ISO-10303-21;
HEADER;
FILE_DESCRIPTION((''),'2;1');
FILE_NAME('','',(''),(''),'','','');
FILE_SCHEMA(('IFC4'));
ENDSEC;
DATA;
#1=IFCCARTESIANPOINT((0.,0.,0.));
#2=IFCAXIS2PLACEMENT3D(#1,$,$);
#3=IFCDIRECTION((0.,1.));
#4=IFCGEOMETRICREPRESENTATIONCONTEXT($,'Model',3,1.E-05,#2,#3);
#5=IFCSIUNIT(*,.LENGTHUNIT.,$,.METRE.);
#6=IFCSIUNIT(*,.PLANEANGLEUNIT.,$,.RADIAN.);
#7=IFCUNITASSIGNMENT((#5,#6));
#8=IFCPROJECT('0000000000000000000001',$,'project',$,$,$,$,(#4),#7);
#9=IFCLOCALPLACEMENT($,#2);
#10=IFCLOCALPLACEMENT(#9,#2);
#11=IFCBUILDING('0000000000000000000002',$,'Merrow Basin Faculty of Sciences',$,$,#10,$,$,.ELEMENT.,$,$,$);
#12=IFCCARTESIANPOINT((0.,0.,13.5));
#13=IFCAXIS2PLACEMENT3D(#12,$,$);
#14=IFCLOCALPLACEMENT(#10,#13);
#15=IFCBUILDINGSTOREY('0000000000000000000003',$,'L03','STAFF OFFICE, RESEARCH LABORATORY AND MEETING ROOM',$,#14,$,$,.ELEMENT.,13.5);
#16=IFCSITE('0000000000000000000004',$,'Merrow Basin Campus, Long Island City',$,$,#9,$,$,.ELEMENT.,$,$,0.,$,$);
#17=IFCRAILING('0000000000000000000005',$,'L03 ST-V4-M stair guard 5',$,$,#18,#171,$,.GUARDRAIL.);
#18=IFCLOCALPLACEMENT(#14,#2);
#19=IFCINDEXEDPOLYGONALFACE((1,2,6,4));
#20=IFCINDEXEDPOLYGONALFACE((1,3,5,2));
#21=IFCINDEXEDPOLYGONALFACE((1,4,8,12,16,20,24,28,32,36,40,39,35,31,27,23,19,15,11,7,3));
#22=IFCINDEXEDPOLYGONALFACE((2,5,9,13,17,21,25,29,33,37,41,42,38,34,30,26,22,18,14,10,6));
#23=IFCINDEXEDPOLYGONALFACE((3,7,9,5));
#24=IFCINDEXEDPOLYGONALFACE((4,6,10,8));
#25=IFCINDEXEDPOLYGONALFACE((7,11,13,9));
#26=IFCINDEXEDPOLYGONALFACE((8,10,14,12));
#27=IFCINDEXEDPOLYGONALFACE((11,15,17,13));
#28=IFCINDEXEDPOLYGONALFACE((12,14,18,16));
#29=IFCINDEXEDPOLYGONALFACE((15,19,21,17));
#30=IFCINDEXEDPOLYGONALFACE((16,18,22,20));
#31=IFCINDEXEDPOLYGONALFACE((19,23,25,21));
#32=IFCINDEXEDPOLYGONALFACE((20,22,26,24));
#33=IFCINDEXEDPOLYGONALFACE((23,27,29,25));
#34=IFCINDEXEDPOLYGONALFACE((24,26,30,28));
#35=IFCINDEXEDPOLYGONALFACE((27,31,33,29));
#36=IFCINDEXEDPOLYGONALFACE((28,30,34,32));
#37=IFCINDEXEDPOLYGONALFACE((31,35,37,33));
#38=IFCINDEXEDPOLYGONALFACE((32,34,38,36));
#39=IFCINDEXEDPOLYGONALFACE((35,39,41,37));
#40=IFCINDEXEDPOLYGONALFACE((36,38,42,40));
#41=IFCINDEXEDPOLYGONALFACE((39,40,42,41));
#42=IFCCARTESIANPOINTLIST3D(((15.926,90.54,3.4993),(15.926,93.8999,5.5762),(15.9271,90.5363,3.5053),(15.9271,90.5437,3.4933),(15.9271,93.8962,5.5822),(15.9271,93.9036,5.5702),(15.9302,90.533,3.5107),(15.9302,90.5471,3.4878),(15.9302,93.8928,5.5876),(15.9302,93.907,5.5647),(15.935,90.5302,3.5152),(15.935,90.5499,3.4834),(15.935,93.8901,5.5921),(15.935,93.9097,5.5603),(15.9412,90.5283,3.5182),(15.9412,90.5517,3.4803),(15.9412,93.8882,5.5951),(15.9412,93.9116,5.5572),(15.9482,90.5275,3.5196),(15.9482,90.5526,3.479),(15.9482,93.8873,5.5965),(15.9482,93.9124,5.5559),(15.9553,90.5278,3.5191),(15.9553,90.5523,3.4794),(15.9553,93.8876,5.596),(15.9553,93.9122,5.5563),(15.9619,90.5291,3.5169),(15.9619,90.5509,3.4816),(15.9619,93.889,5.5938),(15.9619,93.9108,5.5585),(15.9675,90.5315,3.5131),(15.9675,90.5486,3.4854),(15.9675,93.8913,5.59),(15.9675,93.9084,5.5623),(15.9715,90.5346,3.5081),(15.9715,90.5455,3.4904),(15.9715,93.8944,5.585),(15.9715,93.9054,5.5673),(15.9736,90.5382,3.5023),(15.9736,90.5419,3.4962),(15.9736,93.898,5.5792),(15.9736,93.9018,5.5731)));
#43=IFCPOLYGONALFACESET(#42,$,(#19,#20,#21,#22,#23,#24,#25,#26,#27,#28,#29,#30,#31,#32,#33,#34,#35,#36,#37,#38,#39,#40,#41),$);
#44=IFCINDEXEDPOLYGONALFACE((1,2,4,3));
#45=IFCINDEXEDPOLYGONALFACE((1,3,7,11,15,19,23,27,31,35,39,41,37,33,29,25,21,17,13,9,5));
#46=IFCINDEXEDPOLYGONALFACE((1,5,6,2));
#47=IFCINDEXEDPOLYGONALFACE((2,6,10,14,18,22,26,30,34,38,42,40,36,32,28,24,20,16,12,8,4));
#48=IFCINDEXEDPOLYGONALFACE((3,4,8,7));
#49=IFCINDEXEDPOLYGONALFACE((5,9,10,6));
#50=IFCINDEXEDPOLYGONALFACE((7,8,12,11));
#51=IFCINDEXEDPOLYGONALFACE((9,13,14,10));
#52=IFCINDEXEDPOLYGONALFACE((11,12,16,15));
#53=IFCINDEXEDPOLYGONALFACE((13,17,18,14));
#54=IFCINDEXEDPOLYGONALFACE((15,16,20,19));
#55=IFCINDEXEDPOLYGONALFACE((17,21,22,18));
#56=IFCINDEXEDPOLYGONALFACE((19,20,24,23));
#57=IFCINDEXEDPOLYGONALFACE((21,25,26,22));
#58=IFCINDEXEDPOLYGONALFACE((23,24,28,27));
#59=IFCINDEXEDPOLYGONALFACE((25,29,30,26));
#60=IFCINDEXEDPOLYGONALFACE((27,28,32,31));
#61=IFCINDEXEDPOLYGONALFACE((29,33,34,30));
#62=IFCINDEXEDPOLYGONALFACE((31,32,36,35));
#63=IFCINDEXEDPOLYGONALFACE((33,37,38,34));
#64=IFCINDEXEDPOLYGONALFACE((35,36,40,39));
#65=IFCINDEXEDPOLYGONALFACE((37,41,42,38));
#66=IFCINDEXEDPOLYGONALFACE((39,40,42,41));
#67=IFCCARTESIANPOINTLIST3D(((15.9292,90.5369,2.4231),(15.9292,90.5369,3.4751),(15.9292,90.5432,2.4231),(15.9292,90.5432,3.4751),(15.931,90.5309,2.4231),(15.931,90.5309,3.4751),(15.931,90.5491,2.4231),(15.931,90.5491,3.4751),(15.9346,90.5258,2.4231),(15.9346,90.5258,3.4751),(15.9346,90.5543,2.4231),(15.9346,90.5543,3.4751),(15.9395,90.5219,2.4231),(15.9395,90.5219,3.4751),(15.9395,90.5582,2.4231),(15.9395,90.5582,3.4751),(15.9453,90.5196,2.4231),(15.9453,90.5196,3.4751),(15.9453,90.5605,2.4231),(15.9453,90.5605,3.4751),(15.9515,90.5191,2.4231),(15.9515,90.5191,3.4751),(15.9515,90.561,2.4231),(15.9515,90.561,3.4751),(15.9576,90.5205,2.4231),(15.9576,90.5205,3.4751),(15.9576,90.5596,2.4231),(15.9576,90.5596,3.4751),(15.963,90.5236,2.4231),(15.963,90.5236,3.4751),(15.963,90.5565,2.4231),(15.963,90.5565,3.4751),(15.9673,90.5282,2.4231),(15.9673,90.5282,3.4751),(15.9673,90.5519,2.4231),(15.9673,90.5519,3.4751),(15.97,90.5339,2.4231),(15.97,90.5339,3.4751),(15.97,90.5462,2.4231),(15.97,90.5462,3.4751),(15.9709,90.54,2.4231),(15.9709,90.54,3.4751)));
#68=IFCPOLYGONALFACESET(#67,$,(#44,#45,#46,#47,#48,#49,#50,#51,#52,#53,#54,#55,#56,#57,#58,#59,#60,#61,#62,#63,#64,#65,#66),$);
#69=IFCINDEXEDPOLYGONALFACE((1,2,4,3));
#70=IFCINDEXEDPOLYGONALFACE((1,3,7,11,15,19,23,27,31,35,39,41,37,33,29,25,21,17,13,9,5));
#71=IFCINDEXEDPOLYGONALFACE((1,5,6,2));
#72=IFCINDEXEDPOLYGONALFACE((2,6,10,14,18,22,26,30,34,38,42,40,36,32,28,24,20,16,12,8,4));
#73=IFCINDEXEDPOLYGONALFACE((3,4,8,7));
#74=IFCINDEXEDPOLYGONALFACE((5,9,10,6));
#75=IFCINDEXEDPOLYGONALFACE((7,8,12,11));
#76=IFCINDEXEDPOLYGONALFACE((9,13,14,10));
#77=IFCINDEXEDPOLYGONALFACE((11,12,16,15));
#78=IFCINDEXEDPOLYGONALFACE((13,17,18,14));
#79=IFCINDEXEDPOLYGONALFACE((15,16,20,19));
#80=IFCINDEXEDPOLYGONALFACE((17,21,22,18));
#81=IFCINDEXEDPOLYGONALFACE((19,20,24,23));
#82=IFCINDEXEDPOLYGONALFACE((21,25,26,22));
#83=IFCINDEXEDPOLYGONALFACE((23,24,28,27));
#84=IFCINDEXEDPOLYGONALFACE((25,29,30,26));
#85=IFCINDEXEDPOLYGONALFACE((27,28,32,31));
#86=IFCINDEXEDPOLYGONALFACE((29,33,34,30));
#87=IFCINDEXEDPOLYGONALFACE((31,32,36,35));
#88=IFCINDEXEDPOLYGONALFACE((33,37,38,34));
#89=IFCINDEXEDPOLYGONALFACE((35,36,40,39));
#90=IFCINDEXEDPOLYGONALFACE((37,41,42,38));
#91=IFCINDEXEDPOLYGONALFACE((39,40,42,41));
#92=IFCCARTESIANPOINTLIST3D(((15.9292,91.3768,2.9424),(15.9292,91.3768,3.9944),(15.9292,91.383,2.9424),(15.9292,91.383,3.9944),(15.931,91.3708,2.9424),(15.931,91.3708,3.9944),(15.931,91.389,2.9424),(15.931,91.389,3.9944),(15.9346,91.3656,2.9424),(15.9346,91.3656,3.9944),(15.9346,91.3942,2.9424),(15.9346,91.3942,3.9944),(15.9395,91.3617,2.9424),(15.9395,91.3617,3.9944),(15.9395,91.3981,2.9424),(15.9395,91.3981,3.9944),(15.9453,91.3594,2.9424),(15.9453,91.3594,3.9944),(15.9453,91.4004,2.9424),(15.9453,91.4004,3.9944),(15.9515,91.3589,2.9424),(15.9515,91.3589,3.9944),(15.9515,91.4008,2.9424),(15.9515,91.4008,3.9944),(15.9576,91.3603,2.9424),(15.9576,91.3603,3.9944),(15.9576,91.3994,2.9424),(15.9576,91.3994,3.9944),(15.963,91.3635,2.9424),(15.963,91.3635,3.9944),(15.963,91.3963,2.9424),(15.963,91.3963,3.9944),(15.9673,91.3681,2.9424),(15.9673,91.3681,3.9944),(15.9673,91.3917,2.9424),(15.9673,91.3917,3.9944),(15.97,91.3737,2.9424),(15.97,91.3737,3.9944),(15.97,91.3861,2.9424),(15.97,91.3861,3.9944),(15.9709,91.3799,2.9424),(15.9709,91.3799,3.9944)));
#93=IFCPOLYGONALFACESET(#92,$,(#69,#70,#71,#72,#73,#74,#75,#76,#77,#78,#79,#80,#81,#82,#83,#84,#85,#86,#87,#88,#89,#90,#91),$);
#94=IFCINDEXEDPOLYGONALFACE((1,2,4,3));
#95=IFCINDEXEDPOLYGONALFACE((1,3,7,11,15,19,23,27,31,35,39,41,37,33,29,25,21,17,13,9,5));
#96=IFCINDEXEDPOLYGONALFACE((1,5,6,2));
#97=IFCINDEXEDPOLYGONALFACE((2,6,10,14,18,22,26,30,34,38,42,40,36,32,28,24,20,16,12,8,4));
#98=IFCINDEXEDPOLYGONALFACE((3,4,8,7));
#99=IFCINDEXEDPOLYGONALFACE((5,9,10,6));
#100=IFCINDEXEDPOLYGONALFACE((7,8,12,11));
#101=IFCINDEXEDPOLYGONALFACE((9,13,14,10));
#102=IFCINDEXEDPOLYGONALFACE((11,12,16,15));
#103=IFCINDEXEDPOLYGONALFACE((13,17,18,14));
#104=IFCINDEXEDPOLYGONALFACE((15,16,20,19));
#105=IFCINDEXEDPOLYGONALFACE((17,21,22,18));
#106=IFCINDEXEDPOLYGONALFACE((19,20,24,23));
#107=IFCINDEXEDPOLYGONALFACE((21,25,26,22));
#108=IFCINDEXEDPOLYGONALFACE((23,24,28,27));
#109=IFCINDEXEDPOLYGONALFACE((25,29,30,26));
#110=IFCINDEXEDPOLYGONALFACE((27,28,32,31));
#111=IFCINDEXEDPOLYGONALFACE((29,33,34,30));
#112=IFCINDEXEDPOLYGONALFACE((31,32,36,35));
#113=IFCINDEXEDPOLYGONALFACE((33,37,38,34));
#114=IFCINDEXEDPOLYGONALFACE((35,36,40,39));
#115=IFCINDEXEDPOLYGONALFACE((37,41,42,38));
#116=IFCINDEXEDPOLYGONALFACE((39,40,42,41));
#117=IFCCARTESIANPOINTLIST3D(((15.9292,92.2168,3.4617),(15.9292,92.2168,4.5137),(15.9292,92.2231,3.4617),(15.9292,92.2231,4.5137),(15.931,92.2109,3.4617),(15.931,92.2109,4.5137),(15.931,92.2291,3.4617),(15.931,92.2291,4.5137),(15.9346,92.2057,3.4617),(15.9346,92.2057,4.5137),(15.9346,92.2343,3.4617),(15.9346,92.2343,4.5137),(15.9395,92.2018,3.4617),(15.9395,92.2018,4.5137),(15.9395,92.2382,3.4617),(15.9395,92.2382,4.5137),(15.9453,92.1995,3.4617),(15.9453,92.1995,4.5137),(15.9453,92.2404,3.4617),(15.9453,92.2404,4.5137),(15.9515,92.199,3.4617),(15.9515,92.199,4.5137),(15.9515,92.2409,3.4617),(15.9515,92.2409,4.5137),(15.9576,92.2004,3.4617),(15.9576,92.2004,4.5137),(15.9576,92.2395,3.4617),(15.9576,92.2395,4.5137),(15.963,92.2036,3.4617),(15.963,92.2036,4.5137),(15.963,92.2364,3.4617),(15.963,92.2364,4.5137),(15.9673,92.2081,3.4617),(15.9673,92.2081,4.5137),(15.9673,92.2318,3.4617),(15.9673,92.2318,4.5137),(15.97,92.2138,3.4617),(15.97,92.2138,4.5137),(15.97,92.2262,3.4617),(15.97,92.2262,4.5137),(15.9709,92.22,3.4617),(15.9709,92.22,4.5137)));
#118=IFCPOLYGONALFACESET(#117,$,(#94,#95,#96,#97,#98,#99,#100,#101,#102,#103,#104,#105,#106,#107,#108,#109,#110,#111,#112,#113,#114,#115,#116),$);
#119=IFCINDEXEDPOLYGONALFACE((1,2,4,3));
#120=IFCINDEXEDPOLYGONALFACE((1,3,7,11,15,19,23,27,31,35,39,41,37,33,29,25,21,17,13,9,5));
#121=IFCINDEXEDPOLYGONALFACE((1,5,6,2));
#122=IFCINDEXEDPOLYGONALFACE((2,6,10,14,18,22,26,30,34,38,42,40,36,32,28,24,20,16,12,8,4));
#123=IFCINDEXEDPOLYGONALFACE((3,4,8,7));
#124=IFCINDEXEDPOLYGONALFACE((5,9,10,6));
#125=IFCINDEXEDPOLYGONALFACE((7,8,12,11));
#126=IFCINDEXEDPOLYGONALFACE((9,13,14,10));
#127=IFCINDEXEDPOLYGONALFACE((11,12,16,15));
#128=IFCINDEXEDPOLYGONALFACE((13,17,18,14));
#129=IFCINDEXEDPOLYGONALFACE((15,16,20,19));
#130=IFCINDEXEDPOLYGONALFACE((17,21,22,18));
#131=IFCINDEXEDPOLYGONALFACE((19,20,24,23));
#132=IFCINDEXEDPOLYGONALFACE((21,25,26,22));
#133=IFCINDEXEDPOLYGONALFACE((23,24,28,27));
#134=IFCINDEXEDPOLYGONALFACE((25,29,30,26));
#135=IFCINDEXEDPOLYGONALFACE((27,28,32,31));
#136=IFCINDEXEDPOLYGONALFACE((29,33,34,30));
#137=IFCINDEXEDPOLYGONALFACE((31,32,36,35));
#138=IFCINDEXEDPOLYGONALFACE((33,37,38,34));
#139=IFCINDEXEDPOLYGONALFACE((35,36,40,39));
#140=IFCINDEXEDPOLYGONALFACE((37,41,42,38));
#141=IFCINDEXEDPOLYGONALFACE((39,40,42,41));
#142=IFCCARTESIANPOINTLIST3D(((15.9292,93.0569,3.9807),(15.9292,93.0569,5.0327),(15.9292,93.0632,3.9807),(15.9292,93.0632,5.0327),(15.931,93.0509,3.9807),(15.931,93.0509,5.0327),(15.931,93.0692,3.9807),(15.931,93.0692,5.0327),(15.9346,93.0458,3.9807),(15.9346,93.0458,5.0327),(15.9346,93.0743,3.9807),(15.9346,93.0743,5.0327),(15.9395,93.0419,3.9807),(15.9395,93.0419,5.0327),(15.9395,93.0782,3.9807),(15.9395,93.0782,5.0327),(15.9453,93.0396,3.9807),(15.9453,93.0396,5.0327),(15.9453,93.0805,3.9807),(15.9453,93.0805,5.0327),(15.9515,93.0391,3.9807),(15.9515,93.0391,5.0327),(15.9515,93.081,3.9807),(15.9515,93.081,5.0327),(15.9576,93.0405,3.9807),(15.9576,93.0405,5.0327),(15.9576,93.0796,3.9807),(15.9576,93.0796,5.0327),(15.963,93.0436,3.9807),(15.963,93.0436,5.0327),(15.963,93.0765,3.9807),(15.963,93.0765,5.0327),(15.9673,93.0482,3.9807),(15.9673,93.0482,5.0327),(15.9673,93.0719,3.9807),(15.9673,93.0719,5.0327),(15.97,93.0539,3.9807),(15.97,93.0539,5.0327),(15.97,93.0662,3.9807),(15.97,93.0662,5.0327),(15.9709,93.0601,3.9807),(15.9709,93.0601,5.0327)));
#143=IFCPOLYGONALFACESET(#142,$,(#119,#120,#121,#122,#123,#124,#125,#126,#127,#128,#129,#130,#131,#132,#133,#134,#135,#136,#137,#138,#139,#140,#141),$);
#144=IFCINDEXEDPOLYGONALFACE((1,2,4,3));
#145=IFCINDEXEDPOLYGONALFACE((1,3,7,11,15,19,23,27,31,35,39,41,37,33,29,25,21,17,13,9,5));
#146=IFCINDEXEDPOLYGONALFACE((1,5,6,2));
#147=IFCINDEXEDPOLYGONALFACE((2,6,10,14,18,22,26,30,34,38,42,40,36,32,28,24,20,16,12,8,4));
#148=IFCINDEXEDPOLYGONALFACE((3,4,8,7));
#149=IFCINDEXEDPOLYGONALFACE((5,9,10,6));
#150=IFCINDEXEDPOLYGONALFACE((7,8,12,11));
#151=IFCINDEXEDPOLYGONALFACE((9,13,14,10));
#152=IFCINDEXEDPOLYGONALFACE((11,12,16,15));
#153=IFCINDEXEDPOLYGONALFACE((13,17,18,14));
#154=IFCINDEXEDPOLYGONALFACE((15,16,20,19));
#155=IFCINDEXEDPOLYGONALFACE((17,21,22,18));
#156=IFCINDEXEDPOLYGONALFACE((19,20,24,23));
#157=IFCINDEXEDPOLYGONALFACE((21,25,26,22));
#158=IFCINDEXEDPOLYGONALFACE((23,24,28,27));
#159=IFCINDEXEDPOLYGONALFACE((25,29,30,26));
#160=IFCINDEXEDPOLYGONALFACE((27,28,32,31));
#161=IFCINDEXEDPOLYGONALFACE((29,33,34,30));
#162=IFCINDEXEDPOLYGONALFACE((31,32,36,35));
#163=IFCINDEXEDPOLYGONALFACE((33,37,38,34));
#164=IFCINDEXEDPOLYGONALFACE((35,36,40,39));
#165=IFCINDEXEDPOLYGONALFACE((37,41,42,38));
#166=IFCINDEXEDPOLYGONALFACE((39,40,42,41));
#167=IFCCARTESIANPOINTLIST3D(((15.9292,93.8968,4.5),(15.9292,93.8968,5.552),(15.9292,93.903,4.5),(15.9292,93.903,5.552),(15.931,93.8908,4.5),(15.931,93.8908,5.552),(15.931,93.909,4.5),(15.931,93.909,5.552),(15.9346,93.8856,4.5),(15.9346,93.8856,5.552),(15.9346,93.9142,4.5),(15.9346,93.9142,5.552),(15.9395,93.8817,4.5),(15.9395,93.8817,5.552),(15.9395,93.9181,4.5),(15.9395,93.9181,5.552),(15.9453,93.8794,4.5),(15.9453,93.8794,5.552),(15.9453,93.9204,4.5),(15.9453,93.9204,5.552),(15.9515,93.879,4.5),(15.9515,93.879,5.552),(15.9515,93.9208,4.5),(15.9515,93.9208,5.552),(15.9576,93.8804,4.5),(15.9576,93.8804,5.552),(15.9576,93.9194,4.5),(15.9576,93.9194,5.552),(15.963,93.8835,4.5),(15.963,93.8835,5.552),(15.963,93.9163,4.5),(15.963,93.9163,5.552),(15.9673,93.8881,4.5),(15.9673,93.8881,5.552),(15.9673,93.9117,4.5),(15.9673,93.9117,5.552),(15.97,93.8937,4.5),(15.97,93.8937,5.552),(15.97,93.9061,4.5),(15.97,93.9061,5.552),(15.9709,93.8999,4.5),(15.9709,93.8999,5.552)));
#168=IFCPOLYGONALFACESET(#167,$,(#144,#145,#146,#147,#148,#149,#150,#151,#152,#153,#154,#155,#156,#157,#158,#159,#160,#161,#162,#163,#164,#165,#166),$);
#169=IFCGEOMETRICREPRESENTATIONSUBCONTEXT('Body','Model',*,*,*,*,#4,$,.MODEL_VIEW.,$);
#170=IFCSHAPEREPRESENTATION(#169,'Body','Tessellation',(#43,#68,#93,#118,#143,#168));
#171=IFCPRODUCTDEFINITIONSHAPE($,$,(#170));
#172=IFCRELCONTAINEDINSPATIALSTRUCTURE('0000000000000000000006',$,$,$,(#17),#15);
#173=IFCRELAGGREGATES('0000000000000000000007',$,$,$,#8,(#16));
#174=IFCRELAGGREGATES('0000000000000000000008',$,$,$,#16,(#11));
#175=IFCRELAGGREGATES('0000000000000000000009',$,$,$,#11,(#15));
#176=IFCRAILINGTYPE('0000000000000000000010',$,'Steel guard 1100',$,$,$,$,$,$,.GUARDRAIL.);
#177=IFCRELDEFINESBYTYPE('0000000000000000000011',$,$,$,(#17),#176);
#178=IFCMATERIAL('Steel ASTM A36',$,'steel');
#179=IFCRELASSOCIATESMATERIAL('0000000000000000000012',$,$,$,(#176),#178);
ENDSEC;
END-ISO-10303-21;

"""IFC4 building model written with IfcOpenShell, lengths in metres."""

from ifc_helpers import new_model, si_unit, direction, frame, origin, origin_2d, place, context, subcontext, project, spatial, circle, extrude, material, type_object, element, save


model = new_model("IFC4")

# Units and contexts
model_context = context("Model", 3, precision=1e-05, world=origin(), true_north=direction((0.0, 1.0)))
body_context = subcontext(model_context, "Body", "Model", "MODEL_VIEW")
ifc_project = project(units=[si_unit("LENGTHUNIT", "METRE"), si_unit("PLANEANGLEUNIT", "RADIAN")], contexts=[model_context])

# Site, building, storey
site_placement = place(None, origin())
site = spatial("IfcSite", under=ifc_project, at=site_placement, Name="Merrow Basin Campus, Long Island City", CompositionType="ELEMENT", RefElevation=0.0)
building_placement = place(site_placement, origin())
building = spatial("IfcBuilding", under=site, at=building_placement, Name="Merrow Basin Faculty of Sciences", CompositionType="ELEMENT")
storey_placement = place(building_placement, frame((0.0, 0.0, 13.5)))
storey = spatial("IfcBuildingStorey", under=building, at=storey_placement, Name="L03", Description="STAFF OFFICE, RESEARCH LABORATORY AND MEETING ROOM", CompositionType="ELEMENT", Elevation=13.5)

# Railing
ifc_material_1 = material(Name="Steel ASTM A36", Category="steel")
railing_type_1 = type_object("IfcRailingType", Name="Steel guard 1100", PredefinedType="GUARDRAIL", material=ifc_material_1)
railing_1_placement = place(storey_placement, frame((15.95, 90.54, 2.4231)))
element("IfcRailing", 1, at=railing_1_placement, inside=storey, type_object=railing_type_1, Name="L03 ST-V4-M stair guard 5", PredefinedType="GUARDRAIL", context=body_context, shape_type="SweptSolid", body=[
    extrude(circle(Radius=0.0239, at=origin_2d()), frame((0.0, 0.0, 1.0762), z_axis=(0.0, 0.850606, 0.525803), x_axis=(-1.0, 0.0, 0.0)), (0.0, 0.0, 1.0), 3.95),
    extrude(circle(Radius=0.021, at=origin_2d()), origin(), (0.0, 0.0, 1.0), 1.052),
    extrude(circle(Radius=0.021, at=origin_2d()), frame((0.0, 0.8398, 0.5193)), (0.0, 0.0, 1.0), 1.052),
    extrude(circle(Radius=0.021, at=origin_2d()), frame((0.0, 1.6799, 1.0386)), (0.0, 0.0, 1.0), 1.052),
    extrude(circle(Radius=0.021, at=origin_2d()), frame((0.0, 2.52, 1.5576)), (0.0, 0.0, 1.0), 1.052),
    extrude(circle(Radius=0.021, at=origin_2d()), frame((0.0, 3.3599, 2.0769)), (0.0, 0.0, 1.0), 1.052),
])

save(model, "model.ifc")
